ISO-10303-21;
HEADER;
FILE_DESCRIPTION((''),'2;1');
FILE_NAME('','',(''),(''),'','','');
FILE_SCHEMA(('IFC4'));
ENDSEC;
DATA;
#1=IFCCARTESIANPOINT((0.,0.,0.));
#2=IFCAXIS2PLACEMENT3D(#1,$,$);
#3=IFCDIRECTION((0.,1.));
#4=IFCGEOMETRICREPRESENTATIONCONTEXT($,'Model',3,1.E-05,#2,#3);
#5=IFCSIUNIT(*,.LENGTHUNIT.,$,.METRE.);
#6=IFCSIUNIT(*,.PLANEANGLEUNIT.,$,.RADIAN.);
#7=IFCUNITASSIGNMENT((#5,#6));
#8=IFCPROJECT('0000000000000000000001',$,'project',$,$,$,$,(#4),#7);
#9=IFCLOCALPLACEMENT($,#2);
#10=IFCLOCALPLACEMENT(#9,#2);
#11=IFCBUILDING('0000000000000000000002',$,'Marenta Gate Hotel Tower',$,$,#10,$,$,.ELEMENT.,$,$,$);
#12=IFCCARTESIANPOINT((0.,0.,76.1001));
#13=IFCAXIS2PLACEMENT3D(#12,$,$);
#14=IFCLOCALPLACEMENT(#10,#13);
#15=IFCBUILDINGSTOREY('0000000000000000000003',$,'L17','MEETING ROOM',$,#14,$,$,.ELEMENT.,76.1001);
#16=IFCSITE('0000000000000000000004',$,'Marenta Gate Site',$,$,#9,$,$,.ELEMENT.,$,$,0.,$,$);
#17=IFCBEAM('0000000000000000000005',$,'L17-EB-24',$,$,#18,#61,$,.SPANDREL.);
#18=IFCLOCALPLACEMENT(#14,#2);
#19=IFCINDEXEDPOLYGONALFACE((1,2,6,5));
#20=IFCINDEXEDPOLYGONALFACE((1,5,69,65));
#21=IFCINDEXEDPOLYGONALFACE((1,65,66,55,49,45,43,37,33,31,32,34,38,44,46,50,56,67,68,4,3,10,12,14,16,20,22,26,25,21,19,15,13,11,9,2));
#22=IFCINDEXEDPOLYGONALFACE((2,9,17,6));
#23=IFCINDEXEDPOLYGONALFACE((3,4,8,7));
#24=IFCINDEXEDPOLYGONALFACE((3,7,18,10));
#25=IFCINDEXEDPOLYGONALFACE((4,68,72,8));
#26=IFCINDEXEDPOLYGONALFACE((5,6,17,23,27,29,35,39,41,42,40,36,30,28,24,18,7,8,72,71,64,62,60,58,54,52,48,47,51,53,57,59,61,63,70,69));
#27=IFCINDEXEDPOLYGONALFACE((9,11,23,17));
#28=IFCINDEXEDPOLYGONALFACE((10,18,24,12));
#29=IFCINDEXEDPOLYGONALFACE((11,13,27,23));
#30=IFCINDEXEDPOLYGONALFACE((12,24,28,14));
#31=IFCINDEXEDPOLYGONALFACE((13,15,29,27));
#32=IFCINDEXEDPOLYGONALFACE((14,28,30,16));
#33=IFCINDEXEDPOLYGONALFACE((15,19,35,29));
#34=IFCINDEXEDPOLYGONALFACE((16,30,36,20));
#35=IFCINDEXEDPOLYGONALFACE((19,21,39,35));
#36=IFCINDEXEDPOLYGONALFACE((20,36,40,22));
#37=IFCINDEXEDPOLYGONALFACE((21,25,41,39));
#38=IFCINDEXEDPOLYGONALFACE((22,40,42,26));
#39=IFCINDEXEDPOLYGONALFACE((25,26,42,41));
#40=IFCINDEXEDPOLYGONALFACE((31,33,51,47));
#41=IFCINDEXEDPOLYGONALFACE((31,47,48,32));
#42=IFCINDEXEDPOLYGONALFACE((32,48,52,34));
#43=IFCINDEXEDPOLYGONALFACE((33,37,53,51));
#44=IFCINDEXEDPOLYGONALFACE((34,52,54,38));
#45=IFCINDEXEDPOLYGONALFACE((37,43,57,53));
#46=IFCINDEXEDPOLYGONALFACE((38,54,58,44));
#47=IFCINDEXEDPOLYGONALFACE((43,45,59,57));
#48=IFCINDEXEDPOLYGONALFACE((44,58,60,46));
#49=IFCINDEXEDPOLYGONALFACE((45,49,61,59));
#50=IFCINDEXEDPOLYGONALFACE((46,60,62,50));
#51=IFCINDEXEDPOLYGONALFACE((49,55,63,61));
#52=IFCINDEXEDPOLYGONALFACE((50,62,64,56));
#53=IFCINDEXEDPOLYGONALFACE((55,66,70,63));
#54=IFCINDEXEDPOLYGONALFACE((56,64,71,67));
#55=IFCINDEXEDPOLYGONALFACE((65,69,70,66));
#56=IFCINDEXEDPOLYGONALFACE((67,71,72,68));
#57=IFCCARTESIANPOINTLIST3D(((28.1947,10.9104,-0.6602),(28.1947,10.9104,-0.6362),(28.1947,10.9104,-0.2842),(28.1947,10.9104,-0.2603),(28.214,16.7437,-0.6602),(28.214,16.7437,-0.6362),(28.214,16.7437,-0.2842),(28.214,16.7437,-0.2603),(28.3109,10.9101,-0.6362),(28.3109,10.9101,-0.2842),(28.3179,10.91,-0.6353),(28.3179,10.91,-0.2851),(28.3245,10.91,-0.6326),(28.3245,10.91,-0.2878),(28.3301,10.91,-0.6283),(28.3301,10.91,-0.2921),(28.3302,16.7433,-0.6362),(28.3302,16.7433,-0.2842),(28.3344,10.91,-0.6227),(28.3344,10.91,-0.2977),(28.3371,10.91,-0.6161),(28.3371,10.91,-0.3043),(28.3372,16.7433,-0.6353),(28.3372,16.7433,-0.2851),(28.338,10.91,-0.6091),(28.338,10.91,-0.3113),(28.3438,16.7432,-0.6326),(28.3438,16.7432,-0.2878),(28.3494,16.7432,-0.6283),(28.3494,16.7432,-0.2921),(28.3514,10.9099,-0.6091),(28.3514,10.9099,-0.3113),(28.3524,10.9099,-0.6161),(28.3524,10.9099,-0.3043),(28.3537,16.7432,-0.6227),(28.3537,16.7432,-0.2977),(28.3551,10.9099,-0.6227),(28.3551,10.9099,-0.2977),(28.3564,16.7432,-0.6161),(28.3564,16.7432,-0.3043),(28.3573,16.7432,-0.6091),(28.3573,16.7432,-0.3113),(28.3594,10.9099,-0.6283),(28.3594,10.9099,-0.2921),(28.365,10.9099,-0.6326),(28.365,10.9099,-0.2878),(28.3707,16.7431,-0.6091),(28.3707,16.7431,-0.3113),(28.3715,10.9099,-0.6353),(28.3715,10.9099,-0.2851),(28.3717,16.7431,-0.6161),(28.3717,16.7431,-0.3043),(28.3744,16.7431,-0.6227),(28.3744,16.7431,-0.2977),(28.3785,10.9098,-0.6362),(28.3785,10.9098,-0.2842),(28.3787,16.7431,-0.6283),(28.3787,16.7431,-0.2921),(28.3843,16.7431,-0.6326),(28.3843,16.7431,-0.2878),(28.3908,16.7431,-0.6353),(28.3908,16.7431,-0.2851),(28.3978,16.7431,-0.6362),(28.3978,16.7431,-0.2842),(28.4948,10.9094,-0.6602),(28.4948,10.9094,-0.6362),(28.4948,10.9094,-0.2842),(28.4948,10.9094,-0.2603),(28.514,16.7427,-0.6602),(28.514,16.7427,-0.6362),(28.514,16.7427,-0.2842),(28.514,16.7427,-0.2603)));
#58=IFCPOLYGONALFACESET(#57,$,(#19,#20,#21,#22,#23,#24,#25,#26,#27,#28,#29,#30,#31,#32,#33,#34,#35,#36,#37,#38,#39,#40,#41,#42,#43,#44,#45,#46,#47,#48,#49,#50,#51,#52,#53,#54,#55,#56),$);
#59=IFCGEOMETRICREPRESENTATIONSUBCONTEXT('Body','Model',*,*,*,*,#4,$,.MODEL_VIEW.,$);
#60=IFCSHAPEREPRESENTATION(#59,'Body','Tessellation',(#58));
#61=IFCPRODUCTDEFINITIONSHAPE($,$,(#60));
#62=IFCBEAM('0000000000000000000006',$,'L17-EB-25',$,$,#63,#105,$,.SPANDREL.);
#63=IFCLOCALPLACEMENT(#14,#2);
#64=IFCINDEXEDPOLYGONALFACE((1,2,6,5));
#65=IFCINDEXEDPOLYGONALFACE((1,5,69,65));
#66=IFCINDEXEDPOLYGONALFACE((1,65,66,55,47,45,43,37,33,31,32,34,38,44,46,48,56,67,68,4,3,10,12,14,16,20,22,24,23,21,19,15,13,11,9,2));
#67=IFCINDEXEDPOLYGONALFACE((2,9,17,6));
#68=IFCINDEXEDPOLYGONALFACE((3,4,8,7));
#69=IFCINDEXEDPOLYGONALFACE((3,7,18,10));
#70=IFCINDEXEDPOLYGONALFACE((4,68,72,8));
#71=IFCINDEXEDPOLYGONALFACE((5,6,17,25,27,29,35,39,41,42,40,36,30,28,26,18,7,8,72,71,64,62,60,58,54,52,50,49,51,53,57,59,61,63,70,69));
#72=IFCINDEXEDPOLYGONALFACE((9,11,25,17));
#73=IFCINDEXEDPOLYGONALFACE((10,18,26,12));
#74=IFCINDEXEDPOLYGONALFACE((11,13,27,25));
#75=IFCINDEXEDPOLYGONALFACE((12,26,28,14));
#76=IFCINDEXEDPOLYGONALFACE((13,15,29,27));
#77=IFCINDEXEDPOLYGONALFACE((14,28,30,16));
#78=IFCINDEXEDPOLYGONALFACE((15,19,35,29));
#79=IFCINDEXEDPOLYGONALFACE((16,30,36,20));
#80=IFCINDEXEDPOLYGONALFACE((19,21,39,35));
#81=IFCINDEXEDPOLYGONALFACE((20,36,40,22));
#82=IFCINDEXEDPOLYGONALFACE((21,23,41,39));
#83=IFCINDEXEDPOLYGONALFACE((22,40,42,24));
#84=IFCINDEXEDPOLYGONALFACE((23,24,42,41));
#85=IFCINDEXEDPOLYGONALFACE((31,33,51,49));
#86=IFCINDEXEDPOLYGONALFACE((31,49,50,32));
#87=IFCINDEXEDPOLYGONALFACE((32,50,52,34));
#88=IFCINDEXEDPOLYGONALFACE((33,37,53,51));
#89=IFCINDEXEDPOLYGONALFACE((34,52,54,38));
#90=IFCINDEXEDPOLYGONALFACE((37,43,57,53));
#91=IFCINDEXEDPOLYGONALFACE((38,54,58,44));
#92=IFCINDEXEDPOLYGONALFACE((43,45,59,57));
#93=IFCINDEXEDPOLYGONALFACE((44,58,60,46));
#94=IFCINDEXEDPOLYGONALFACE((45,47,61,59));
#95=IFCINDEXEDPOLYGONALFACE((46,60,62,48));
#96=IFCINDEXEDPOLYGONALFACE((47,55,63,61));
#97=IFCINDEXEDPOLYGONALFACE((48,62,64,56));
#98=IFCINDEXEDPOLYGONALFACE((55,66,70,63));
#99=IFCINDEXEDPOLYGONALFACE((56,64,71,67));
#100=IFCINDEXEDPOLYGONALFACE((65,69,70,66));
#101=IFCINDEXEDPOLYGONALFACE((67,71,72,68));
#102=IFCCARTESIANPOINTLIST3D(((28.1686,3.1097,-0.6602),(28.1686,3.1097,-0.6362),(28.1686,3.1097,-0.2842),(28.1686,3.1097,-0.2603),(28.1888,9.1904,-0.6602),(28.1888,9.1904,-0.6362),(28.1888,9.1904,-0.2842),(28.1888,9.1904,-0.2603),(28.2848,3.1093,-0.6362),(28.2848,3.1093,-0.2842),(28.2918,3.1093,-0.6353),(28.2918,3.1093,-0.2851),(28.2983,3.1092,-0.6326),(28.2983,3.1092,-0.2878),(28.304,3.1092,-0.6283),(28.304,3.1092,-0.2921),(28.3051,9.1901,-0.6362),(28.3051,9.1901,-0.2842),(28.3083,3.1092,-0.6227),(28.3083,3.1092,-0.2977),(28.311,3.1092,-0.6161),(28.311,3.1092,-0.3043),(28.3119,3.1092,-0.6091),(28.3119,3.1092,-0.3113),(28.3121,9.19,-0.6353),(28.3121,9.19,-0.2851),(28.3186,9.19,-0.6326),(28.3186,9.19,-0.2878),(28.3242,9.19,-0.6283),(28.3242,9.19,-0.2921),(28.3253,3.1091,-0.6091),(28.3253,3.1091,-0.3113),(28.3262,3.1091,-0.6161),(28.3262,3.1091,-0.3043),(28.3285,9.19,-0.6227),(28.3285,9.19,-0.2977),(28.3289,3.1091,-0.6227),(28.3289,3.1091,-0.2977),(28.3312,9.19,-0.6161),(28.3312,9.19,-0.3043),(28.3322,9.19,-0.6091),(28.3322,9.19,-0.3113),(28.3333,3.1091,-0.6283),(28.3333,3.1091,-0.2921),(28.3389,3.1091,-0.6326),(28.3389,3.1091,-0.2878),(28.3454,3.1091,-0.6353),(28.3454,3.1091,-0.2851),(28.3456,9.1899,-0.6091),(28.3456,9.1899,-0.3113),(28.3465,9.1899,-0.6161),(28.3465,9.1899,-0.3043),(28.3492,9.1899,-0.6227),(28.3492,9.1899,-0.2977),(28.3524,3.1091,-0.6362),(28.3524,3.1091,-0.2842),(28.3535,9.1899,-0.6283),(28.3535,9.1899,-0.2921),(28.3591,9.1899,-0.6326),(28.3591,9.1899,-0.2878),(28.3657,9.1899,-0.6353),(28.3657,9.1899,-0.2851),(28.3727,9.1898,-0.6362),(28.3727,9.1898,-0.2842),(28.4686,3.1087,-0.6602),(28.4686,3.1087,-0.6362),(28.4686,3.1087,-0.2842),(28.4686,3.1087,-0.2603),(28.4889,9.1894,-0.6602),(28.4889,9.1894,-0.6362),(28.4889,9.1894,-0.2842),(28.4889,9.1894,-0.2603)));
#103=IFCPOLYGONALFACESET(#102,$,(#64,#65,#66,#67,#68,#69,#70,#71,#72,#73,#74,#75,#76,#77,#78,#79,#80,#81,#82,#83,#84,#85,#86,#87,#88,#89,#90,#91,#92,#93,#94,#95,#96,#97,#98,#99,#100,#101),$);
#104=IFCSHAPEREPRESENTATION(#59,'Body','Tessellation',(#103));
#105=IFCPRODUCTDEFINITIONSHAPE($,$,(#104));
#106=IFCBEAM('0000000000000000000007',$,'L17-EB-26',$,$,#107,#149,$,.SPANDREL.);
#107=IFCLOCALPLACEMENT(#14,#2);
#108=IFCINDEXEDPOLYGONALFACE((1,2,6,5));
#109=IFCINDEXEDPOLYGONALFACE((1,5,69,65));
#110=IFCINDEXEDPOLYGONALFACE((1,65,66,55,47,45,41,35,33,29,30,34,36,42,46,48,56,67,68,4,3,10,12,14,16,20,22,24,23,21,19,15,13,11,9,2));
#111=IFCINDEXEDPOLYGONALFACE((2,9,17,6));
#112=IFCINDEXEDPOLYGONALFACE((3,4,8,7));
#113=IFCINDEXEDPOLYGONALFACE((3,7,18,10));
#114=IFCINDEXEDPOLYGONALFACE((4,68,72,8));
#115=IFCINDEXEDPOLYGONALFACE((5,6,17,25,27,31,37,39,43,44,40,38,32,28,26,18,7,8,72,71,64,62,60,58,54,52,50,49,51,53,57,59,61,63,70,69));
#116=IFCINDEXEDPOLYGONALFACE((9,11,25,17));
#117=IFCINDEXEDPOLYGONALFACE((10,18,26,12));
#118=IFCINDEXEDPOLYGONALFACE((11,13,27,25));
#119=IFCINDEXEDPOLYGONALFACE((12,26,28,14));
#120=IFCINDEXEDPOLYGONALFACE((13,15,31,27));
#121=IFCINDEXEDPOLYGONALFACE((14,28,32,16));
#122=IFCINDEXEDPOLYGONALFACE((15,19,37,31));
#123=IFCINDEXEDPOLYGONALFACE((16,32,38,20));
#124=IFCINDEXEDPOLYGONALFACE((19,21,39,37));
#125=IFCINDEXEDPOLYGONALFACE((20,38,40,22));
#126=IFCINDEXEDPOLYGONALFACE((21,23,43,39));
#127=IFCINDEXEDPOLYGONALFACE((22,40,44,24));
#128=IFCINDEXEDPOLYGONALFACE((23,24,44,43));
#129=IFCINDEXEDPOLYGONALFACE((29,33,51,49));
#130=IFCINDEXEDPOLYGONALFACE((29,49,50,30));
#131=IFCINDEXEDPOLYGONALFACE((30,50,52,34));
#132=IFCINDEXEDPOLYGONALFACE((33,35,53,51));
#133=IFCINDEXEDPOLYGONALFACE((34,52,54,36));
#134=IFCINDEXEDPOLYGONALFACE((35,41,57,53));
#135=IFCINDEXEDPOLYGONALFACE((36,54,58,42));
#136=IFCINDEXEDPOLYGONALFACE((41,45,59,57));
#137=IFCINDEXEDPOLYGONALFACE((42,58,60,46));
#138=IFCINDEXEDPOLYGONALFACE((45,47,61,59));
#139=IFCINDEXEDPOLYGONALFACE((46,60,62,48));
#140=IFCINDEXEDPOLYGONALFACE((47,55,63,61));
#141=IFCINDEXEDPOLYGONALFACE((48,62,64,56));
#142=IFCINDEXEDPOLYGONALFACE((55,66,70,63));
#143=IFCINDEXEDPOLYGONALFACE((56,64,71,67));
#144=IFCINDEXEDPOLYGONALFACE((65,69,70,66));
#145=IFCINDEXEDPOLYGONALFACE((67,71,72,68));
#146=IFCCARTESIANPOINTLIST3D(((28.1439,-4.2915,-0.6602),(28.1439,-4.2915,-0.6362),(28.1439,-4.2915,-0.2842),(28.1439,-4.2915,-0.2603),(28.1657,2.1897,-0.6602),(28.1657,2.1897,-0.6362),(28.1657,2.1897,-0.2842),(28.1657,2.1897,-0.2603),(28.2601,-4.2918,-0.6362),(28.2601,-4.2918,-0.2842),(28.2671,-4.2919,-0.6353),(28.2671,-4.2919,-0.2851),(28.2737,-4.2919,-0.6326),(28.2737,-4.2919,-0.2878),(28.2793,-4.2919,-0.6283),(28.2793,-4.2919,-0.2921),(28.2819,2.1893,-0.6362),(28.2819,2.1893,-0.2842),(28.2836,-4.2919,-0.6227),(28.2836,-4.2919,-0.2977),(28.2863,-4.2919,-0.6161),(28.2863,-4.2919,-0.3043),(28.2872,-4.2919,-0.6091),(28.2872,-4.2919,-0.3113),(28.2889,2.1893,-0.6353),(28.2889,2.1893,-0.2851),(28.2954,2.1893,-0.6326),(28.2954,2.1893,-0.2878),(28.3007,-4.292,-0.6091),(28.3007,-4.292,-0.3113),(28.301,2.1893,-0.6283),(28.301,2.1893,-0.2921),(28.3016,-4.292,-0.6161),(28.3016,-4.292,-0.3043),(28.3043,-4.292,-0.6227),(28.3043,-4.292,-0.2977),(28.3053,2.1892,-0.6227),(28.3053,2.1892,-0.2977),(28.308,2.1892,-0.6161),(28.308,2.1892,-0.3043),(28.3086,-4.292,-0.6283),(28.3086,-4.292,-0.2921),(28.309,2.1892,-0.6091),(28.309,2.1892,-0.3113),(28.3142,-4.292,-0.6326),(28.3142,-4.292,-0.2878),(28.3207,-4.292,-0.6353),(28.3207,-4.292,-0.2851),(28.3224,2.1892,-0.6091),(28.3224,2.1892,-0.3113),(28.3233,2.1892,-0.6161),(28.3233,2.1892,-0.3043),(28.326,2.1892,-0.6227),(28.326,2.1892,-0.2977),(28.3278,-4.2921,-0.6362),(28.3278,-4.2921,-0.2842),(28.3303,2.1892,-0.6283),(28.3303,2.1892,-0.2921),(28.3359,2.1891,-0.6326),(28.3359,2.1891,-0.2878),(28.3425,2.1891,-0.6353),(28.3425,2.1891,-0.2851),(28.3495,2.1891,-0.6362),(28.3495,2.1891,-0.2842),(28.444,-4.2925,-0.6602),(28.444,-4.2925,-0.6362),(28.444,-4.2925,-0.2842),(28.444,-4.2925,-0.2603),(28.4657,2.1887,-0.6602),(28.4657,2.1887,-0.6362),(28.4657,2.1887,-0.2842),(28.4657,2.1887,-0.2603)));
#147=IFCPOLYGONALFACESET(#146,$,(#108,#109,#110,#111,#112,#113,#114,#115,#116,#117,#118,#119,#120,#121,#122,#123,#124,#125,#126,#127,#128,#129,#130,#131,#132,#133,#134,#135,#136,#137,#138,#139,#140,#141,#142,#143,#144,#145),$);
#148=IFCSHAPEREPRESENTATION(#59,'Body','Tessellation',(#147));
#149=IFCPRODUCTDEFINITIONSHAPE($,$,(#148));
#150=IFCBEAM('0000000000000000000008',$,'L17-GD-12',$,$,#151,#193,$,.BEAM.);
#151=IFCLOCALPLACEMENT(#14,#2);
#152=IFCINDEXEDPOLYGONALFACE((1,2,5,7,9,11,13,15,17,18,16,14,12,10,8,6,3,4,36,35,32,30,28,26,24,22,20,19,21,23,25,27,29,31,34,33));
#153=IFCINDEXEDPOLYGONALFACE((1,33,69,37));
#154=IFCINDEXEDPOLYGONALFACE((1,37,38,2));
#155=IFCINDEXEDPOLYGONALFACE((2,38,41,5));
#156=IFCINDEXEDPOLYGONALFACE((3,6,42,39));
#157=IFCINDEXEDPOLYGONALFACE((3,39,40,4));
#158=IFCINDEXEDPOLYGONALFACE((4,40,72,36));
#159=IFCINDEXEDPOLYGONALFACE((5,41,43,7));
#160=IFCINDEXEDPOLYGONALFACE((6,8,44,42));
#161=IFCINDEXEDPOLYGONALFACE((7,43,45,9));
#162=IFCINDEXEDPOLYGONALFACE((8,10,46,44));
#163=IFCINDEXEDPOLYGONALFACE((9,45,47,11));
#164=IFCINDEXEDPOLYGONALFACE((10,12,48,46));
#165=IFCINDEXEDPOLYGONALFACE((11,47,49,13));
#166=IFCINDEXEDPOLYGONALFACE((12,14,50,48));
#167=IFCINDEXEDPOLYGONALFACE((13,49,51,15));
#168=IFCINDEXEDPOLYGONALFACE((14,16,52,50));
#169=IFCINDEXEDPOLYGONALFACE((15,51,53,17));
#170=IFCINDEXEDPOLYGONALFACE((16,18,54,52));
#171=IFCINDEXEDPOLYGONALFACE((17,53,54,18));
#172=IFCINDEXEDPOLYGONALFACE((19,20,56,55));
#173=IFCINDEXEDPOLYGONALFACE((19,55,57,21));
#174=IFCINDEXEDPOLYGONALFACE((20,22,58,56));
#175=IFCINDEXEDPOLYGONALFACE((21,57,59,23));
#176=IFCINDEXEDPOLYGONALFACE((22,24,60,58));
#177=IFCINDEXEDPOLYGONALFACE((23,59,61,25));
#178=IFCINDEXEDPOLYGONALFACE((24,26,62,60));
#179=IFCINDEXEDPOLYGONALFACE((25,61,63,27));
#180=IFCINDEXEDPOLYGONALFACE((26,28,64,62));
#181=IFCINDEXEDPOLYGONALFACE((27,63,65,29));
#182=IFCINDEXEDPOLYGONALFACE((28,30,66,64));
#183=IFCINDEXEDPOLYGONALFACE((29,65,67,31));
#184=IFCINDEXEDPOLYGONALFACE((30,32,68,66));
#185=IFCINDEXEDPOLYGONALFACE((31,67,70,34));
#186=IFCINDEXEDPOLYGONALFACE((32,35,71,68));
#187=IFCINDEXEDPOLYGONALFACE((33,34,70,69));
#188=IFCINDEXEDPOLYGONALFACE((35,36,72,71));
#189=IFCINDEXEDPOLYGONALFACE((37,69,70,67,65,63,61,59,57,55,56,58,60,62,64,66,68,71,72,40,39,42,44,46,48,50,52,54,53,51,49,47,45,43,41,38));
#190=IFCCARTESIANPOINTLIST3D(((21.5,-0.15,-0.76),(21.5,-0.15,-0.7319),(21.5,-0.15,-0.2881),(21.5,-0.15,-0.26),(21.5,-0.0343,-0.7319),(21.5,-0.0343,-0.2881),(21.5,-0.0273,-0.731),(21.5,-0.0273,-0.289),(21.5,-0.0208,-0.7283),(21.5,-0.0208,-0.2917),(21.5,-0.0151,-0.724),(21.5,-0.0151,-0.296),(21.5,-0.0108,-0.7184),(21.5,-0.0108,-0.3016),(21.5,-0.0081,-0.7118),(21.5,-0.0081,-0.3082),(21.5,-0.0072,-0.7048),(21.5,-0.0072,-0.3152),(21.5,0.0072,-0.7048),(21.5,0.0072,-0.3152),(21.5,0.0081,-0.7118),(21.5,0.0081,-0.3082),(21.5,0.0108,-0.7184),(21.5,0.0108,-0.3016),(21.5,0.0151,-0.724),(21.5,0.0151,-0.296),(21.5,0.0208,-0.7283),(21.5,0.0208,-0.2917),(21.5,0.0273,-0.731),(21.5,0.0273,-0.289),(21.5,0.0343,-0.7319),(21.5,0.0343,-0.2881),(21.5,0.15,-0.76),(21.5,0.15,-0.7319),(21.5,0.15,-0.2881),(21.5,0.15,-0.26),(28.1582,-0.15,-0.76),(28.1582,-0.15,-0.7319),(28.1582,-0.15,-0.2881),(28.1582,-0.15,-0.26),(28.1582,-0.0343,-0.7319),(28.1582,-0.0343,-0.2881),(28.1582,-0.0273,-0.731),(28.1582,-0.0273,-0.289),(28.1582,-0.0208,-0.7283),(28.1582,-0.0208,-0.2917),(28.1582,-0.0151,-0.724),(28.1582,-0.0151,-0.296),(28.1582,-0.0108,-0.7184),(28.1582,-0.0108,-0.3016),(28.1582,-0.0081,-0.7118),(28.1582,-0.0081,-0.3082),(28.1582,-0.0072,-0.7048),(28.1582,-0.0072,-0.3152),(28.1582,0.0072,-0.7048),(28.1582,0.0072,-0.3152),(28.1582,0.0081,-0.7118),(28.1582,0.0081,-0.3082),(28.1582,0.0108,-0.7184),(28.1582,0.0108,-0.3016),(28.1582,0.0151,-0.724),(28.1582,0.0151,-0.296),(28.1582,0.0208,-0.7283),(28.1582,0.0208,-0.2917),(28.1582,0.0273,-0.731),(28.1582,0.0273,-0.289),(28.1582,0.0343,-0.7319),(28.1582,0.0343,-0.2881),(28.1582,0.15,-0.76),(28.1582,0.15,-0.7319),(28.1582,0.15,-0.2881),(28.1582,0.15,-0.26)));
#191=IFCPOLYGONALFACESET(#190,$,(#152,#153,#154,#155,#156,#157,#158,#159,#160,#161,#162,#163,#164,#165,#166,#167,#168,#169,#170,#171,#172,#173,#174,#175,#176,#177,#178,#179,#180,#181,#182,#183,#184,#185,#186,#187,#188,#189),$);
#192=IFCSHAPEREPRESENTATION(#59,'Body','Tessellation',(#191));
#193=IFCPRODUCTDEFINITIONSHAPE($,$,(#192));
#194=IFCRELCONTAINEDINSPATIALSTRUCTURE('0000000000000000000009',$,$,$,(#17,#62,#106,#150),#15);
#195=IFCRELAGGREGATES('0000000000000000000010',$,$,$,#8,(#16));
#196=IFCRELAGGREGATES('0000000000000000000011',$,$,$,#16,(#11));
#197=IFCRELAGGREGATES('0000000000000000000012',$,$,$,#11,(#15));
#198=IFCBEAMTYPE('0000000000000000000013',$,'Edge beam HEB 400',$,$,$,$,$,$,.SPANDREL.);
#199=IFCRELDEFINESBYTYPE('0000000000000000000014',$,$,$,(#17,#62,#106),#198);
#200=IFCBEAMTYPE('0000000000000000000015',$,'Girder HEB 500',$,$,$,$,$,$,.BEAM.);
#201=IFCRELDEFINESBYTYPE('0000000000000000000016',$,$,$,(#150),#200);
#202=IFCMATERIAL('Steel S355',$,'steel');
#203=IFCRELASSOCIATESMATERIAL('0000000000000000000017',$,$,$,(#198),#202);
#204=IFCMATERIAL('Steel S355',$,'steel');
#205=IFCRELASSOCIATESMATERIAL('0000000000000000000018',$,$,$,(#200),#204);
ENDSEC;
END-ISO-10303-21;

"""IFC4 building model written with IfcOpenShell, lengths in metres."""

from ifc_helpers import new_model, si_unit, direction, frame, origin, origin_2d, place, context, subcontext, project, spatial, i_section, extrude, material, material_profile, profile_set, type_object, element, save


model = new_model("IFC4")

# Units and contexts
model_context = context("Model", 3, precision=1e-05, world=origin(), true_north=direction((0.0, 1.0)))
body_context = subcontext(model_context, "Body", "Model", "MODEL_VIEW")
ifc_project = project(units=[si_unit("LENGTHUNIT", "METRE"), si_unit("PLANEANGLEUNIT", "RADIAN")], contexts=[model_context])

# Site, building, storey
site_placement = place(None, origin())
site = spatial("IfcSite", under=ifc_project, at=site_placement, Name="Marenta Gate Site", CompositionType="ELEMENT", RefElevation=0.0)
building_placement = place(site_placement, origin())
building = spatial("IfcBuilding", under=site, at=building_placement, Name="Marenta Gate Hotel Tower", CompositionType="ELEMENT")
storey_placement = place(building_placement, frame((0.0, 0.0, 76.1001)))
storey = spatial("IfcBuildingStorey", under=building, at=storey_placement, Name="L17", Description="MEETING ROOM", CompositionType="ELEMENT", Elevation=76.1001)

# Beams
ifc_material_1 = material(Name="Steel S355", Category="steel")
ifc_material_profile_1 = material_profile(ifc_material_1, i_section(OverallWidth=0.3, OverallDepth=0.3999, WebThickness=0.0134, FlangeThickness=0.0239, FilletRadius=0.0271, at=origin_2d()), Name="HEB 400")
ifc_profile_set_1 = profile_set([ifc_material_profile_1], Name="Steel S355")
beam_type_1 = type_object("IfcBeamType", Name="Edge beam HEB 400", PredefinedType="SPANDREL", material=ifc_profile_set_1)
beam_1_placement = place(storey_placement, frame((28.364, 16.7432, -0.4602), z_axis=(-0.003306, -0.999995, 0.0), x_axis=(0.999995, -0.003306, 0.0)))
element("IfcBeam", 1, at=beam_1_placement, inside=storey, type_object=beam_type_1, Name="L17-EB-24", PredefinedType="SPANDREL", context=body_context, shape_type="SweptSolid", body=[
    extrude(i_section(OverallWidth=0.3, OverallDepth=0.3999, WebThickness=0.0134, FlangeThickness=0.0239, FilletRadius=0.0271, at=origin_2d()), origin(), (0.0, 0.0, 1.0), 5.8333),
])
beam_2_placement = place(storey_placement, frame((28.3389, 9.1899, -0.4602), z_axis=(-0.003332, -0.999994, 0.0), x_axis=(0.999994, -0.003332, 0.0)))
element("IfcBeam", 2, at=beam_2_placement, inside=storey, type_object=beam_type_1, Name="L17-EB-25", PredefinedType="SPANDREL", context=body_context, shape_type="SweptSolid", body=[
    extrude(i_section(OverallWidth=0.3, OverallDepth=0.3999, WebThickness=0.0134, FlangeThickness=0.0239, FilletRadius=0.0271, at=origin_2d()), origin(), (0.0, 0.0, 1.0), 6.0808),
])
beam_3_placement = place(storey_placement, frame((28.3157, 2.1892, -0.4602), z_axis=(-0.003353, -0.999994, 0.0), x_axis=(0.999994, -0.003353, 0.0)))
element("IfcBeam", 3, at=beam_3_placement, inside=storey, type_object=beam_type_1, Name="L17-EB-26", PredefinedType="SPANDREL", context=body_context, shape_type="SweptSolid", body=[
    extrude(i_section(OverallWidth=0.3, OverallDepth=0.3999, WebThickness=0.0134, FlangeThickness=0.0239, FilletRadius=0.0271, at=origin_2d()), origin(), (0.0, 0.0, 1.0), 6.4812),
])
ifc_material_2 = material(Name="Steel S355", Category="steel")
ifc_material_profile_2 = material_profile(ifc_material_2, i_section(OverallWidth=0.3, OverallDepth=0.5, WebThickness=0.0144, FlangeThickness=0.0281, FilletRadius=0.0271, at=origin_2d()), Name="HEB 500")
ifc_profile_set_2 = profile_set([ifc_material_profile_2], Name="Steel S355")
beam_type_2 = type_object("IfcBeamType", Name="Girder HEB 500", PredefinedType="BEAM", material=ifc_profile_set_2)
beam_4_placement = place(storey_placement, frame((21.5, 0.0, -0.51), z_axis=(1.0, 0.0, 0.0), x_axis=(0.0, 1.0, 0.0)))
element("IfcBeam", 4, at=beam_4_placement, inside=storey, type_object=beam_type_2, Name="L17-GD-12", PredefinedType="BEAM", context=body_context, shape_type="SweptSolid", body=[
    extrude(i_section(OverallWidth=0.3, OverallDepth=0.5, WebThickness=0.0144, FlangeThickness=0.0281, FilletRadius=0.0271, at=origin_2d()), origin(), (0.0, 0.0, 1.0), 6.6582),
])

save(model, "model.ifc")
